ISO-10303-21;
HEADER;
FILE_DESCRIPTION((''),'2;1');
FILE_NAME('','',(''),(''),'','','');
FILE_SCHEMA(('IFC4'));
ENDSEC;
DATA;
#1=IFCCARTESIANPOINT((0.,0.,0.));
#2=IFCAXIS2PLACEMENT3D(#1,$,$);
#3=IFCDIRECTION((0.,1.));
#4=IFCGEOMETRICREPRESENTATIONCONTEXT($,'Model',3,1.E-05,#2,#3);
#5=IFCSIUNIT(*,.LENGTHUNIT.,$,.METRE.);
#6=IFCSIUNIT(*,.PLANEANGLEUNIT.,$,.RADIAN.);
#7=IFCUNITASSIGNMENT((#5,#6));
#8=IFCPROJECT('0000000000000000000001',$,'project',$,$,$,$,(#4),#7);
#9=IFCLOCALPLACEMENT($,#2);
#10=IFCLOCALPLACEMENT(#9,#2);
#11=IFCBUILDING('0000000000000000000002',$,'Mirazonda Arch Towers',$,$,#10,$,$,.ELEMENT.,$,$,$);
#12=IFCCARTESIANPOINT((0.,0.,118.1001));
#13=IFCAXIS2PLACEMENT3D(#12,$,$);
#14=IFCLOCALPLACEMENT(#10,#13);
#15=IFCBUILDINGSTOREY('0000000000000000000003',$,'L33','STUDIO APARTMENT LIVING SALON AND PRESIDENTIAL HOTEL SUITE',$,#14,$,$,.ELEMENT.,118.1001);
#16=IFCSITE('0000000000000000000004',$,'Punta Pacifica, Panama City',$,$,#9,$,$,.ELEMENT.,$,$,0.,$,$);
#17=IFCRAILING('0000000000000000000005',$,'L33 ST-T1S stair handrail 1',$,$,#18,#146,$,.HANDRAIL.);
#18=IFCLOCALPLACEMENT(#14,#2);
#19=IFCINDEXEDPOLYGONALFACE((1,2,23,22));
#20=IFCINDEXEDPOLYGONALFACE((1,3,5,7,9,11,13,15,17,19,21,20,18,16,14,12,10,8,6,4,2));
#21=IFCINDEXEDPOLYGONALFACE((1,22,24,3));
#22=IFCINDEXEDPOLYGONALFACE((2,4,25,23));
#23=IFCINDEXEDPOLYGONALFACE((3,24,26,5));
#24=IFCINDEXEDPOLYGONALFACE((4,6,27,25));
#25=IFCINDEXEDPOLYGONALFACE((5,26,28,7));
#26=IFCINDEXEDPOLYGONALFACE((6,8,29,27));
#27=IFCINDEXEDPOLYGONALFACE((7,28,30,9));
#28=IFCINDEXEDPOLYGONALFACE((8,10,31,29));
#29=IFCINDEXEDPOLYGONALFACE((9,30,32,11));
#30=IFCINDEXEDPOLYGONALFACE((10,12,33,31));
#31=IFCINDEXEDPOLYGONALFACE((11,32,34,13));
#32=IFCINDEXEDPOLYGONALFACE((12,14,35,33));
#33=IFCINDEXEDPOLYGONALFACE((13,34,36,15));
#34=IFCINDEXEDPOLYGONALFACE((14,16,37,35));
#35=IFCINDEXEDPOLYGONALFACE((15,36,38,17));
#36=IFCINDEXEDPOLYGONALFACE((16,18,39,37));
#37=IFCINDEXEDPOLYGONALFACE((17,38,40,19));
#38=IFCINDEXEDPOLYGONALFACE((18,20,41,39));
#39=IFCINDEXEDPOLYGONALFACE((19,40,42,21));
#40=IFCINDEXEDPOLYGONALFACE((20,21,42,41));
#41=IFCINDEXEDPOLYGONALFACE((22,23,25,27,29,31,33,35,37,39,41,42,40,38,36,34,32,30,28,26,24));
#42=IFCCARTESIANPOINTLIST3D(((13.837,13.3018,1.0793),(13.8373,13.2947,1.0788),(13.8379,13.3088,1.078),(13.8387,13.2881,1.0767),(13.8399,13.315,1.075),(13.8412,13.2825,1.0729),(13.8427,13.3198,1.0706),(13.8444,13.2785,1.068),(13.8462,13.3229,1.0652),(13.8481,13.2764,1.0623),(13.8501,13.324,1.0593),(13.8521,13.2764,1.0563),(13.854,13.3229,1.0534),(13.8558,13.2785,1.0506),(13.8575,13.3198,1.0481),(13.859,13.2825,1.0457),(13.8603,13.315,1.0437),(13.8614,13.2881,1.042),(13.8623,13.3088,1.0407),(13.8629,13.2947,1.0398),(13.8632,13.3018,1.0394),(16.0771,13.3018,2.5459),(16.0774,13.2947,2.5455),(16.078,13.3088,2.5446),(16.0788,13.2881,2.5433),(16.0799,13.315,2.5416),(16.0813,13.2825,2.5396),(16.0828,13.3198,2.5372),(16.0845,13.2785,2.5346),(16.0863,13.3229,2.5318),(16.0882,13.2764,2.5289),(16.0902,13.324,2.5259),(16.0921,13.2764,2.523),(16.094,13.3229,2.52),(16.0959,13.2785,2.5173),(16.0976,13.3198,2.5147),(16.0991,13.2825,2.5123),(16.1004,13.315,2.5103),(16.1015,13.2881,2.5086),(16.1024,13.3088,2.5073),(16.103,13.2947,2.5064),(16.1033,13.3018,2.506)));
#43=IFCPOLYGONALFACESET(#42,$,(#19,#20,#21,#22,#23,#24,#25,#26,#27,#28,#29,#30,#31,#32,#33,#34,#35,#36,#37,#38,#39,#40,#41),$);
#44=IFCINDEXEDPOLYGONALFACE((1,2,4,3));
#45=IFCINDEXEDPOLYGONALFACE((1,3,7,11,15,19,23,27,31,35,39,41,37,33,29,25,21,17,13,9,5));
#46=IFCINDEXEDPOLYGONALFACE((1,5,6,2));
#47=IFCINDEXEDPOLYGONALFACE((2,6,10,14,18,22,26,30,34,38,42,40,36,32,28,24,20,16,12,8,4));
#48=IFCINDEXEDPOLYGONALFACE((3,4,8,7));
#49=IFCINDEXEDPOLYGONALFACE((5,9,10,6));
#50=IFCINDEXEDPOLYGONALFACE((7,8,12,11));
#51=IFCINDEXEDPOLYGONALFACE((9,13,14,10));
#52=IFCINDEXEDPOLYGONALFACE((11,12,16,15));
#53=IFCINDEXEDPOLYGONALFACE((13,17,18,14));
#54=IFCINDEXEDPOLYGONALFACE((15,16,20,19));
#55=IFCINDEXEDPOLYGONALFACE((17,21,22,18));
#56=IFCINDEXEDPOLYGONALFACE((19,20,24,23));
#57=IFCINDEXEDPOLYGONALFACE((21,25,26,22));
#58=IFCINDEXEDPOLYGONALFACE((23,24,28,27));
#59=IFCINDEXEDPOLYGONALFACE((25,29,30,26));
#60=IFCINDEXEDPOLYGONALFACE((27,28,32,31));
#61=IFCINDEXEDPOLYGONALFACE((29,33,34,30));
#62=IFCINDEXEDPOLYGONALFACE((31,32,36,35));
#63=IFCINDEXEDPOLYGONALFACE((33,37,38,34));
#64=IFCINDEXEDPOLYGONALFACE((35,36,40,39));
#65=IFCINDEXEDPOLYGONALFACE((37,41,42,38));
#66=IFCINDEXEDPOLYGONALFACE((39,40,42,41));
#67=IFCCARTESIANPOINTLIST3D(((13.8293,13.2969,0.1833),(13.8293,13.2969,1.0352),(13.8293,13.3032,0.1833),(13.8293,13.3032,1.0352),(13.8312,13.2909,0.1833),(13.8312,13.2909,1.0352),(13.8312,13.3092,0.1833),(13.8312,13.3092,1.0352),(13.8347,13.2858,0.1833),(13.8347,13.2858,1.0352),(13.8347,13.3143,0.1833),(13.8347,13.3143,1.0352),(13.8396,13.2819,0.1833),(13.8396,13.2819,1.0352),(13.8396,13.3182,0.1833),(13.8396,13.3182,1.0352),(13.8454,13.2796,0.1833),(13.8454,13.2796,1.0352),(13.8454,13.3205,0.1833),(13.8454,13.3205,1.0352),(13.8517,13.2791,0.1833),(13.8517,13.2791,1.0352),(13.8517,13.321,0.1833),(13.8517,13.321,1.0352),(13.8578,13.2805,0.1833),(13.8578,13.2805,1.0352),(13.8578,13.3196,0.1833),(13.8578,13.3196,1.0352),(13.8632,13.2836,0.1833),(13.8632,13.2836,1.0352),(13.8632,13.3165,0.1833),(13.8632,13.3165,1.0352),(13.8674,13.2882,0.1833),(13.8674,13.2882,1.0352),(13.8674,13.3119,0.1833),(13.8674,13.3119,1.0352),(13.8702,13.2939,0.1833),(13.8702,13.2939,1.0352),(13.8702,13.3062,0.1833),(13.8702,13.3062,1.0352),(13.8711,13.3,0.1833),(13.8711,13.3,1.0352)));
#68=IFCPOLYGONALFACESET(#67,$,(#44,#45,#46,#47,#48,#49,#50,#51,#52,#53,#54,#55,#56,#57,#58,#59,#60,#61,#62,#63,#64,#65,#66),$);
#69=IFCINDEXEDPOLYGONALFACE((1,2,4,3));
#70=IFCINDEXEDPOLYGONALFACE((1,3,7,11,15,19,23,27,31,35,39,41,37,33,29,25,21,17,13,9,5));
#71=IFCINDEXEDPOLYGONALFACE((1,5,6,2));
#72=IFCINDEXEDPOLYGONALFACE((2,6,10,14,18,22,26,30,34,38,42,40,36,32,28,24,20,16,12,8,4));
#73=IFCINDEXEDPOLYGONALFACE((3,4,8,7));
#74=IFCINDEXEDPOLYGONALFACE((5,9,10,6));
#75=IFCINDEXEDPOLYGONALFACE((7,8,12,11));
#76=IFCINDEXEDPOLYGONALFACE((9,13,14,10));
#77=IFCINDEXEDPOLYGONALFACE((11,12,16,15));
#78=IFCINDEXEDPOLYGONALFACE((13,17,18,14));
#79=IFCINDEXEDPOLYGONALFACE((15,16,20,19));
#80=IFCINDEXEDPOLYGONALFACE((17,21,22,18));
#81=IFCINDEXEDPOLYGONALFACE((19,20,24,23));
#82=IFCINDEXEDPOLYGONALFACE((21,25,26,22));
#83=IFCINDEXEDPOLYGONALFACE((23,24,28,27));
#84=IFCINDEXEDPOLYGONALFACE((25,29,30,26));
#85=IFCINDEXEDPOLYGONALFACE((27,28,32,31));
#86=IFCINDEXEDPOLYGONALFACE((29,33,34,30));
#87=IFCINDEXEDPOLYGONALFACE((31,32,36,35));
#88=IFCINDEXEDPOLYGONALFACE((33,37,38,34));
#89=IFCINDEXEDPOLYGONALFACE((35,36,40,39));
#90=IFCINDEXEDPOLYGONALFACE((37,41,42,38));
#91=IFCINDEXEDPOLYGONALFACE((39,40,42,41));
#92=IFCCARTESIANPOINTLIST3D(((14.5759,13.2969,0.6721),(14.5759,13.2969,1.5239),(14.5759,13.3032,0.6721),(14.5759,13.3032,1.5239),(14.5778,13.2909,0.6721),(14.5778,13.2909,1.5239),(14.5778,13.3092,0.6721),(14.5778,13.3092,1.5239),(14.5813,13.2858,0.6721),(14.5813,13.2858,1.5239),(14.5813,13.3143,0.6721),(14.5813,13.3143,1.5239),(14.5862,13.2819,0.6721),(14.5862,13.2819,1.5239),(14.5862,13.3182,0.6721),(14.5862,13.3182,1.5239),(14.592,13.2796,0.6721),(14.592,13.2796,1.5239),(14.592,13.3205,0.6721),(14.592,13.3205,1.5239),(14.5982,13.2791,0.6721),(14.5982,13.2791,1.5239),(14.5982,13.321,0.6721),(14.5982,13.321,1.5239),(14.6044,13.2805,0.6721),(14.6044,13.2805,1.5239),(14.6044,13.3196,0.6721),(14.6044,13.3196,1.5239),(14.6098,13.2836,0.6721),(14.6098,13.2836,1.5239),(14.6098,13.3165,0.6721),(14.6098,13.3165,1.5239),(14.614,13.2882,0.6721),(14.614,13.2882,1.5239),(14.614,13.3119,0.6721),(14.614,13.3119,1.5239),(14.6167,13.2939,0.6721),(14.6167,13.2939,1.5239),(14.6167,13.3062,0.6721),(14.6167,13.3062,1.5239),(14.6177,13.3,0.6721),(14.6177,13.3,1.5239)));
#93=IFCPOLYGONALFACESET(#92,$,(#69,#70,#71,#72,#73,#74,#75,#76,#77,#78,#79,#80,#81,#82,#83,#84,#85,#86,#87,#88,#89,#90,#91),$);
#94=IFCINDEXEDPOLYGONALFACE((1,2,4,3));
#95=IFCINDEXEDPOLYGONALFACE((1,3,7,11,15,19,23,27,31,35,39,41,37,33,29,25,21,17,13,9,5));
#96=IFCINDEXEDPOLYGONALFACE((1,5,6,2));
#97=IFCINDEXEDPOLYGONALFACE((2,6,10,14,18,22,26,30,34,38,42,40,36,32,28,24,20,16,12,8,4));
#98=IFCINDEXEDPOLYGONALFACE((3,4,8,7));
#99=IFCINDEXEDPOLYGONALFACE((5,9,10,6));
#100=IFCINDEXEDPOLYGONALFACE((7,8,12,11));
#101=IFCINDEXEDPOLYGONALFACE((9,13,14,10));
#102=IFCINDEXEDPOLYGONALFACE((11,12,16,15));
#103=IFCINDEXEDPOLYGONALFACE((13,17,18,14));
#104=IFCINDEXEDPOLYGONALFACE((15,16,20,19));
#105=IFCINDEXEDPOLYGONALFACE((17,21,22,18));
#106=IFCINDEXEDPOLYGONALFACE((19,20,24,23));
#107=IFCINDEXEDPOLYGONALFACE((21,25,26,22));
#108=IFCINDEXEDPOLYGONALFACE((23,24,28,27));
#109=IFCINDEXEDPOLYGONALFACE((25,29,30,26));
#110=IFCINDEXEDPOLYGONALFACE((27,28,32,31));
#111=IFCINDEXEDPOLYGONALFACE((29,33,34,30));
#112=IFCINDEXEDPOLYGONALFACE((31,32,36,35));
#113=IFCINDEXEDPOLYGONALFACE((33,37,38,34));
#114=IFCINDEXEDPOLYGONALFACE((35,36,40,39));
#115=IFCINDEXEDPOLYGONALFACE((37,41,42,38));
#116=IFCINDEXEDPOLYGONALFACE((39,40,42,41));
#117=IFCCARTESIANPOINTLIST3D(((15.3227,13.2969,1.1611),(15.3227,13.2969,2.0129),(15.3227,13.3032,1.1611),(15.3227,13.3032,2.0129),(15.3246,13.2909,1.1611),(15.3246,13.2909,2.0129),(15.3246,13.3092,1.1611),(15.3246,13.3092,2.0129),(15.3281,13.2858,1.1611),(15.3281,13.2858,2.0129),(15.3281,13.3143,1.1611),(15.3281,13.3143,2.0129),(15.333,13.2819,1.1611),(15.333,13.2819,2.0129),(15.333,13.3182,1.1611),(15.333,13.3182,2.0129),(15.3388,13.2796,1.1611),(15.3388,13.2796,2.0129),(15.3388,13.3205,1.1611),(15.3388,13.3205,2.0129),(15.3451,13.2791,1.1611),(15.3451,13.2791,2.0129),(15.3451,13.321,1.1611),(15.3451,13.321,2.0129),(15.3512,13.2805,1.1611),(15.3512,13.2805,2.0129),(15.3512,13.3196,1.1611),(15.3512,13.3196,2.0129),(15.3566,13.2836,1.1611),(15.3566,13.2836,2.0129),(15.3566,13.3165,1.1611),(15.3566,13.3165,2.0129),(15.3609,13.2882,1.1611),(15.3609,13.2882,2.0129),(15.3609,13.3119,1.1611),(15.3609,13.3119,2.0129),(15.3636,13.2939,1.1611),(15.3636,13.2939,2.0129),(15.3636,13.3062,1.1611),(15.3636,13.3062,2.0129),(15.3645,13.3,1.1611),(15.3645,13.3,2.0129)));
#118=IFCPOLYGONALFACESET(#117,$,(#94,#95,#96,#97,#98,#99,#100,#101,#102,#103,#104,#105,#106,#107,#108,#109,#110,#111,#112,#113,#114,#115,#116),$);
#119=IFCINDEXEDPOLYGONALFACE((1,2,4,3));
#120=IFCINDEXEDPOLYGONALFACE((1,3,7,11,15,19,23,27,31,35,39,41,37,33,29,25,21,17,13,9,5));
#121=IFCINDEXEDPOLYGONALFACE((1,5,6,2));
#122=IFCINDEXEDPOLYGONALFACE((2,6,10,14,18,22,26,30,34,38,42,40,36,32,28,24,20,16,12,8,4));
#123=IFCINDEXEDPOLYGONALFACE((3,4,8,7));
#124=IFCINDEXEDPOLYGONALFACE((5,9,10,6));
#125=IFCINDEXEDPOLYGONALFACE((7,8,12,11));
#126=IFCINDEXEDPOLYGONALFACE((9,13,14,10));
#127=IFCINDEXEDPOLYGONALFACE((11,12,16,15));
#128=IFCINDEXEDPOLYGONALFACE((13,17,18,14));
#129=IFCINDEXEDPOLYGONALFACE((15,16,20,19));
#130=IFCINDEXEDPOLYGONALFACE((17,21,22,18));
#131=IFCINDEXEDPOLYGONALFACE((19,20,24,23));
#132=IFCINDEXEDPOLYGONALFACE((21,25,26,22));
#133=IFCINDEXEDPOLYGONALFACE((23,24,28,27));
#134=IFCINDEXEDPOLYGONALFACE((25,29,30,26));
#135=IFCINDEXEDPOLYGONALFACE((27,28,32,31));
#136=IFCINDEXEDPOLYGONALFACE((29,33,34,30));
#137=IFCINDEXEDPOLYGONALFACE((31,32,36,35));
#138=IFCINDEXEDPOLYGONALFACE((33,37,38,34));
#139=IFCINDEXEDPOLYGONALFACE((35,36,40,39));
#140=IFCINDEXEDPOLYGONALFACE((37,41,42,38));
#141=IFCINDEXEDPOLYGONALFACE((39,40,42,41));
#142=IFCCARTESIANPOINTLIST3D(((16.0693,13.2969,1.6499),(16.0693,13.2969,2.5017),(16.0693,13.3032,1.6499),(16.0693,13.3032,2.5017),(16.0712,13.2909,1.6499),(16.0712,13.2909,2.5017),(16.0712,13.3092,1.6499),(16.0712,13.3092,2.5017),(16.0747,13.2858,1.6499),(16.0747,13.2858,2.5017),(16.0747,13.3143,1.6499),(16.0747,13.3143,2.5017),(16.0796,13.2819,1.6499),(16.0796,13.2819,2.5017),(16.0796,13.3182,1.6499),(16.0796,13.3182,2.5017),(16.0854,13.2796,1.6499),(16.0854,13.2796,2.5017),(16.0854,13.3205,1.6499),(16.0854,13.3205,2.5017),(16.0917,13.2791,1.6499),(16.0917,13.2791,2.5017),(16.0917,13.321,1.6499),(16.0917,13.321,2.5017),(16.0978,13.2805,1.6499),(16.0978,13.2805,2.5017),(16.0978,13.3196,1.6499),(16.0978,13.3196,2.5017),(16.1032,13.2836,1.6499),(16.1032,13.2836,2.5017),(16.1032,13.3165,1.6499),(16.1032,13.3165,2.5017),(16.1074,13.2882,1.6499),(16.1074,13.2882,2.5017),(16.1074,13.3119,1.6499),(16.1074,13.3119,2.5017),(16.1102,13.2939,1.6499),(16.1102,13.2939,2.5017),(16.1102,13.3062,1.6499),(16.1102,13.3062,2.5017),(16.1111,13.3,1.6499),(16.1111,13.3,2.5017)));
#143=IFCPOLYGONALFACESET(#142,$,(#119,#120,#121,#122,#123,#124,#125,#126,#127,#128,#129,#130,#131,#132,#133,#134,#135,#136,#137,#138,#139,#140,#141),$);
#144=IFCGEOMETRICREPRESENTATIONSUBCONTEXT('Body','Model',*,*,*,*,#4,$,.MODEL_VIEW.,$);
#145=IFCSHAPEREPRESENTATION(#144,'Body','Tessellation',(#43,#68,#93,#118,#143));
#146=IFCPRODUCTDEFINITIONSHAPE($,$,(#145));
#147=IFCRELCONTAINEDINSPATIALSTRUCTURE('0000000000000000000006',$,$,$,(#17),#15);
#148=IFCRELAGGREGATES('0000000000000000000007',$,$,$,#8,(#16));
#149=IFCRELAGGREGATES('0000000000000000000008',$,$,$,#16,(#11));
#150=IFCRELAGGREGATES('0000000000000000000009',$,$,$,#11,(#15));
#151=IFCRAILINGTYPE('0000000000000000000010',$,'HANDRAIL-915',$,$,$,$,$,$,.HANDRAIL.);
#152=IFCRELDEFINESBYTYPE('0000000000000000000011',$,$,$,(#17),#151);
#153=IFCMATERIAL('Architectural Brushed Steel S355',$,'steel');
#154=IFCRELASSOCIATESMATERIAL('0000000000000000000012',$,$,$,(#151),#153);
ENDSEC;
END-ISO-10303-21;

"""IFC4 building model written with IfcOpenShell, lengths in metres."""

from ifc_helpers import new_model, si_unit, direction, frame, origin, origin_2d, place, context, subcontext, project, spatial, circle, extrude, material, type_object, element, save


model = new_model("IFC4")

# Units and contexts
model_context = context("Model", 3, precision=1e-05, world=origin(), true_north=direction((0.0, 1.0)))
body_context = subcontext(model_context, "Body", "Model", "MODEL_VIEW")
ifc_project = project(units=[si_unit("LENGTHUNIT", "METRE"), si_unit("PLANEANGLEUNIT", "RADIAN")], contexts=[model_context])

# Site, building, storey
site_placement = place(None, origin())
site = spatial("IfcSite", under=ifc_project, at=site_placement, Name="Punta Pacifica, Panama City", CompositionType="ELEMENT", RefElevation=0.0)
building_placement = place(site_placement, origin())
building = spatial("IfcBuilding", under=site, at=building_placement, Name="Mirazonda Arch Towers", CompositionType="ELEMENT")
storey_placement = place(building_placement, frame((0.0, 0.0, 118.1001)))
storey = spatial("IfcBuildingStorey", under=building, at=storey_placement, Name="L33", Description="STUDIO APARTMENT LIVING SALON AND PRESIDENTIAL HOTEL SUITE", CompositionType="ELEMENT", Elevation=118.1001)

# Shared definitions
ifc_material_1 = material(Name="Architectural Brushed Steel S355", Category="steel")

# Railing
railing_type_1 = type_object("IfcRailingType", Name="HANDRAIL-915", PredefinedType="HANDRAIL", material=ifc_material_1)
railing_1_placement = place(storey_placement, frame((13.8501, 13.3, 0.1833)))
element("IfcRailing", 1, at=railing_1_placement, inside=storey, type_object=railing_type_1, Name="L33 ST-T1S stair handrail 1", PredefinedType="HANDRAIL", context=body_context, shape_type="SweptSolid", body=[
    extrude(circle(Radius=0.0239, at=origin_2d()), frame((0.0, 0.0, 0.876), z_axis=(0.836637, 0.0, 0.547758), x_axis=(0.0, 1.0, 0.0)), (0.0, 0.0, 1.0), 2.6775),
    extrude(circle(Radius=0.021, at=origin_2d()), origin(), (0.0, 0.0, 1.0), 0.8518),
    extrude(circle(Radius=0.021, at=origin_2d()), frame((0.7466, 0.0, 0.4888)), (0.0, 0.0, 1.0), 0.8518),
    extrude(circle(Radius=0.021, at=origin_2d()), frame((1.4934, 0.0, 0.9778)), (0.0, 0.0, 1.0), 0.8518),
    extrude(circle(Radius=0.021, at=origin_2d()), frame((2.24, 0.0, 1.4666)), (0.0, 0.0, 1.0), 0.8518),
])

save(model, "model.ifc")
